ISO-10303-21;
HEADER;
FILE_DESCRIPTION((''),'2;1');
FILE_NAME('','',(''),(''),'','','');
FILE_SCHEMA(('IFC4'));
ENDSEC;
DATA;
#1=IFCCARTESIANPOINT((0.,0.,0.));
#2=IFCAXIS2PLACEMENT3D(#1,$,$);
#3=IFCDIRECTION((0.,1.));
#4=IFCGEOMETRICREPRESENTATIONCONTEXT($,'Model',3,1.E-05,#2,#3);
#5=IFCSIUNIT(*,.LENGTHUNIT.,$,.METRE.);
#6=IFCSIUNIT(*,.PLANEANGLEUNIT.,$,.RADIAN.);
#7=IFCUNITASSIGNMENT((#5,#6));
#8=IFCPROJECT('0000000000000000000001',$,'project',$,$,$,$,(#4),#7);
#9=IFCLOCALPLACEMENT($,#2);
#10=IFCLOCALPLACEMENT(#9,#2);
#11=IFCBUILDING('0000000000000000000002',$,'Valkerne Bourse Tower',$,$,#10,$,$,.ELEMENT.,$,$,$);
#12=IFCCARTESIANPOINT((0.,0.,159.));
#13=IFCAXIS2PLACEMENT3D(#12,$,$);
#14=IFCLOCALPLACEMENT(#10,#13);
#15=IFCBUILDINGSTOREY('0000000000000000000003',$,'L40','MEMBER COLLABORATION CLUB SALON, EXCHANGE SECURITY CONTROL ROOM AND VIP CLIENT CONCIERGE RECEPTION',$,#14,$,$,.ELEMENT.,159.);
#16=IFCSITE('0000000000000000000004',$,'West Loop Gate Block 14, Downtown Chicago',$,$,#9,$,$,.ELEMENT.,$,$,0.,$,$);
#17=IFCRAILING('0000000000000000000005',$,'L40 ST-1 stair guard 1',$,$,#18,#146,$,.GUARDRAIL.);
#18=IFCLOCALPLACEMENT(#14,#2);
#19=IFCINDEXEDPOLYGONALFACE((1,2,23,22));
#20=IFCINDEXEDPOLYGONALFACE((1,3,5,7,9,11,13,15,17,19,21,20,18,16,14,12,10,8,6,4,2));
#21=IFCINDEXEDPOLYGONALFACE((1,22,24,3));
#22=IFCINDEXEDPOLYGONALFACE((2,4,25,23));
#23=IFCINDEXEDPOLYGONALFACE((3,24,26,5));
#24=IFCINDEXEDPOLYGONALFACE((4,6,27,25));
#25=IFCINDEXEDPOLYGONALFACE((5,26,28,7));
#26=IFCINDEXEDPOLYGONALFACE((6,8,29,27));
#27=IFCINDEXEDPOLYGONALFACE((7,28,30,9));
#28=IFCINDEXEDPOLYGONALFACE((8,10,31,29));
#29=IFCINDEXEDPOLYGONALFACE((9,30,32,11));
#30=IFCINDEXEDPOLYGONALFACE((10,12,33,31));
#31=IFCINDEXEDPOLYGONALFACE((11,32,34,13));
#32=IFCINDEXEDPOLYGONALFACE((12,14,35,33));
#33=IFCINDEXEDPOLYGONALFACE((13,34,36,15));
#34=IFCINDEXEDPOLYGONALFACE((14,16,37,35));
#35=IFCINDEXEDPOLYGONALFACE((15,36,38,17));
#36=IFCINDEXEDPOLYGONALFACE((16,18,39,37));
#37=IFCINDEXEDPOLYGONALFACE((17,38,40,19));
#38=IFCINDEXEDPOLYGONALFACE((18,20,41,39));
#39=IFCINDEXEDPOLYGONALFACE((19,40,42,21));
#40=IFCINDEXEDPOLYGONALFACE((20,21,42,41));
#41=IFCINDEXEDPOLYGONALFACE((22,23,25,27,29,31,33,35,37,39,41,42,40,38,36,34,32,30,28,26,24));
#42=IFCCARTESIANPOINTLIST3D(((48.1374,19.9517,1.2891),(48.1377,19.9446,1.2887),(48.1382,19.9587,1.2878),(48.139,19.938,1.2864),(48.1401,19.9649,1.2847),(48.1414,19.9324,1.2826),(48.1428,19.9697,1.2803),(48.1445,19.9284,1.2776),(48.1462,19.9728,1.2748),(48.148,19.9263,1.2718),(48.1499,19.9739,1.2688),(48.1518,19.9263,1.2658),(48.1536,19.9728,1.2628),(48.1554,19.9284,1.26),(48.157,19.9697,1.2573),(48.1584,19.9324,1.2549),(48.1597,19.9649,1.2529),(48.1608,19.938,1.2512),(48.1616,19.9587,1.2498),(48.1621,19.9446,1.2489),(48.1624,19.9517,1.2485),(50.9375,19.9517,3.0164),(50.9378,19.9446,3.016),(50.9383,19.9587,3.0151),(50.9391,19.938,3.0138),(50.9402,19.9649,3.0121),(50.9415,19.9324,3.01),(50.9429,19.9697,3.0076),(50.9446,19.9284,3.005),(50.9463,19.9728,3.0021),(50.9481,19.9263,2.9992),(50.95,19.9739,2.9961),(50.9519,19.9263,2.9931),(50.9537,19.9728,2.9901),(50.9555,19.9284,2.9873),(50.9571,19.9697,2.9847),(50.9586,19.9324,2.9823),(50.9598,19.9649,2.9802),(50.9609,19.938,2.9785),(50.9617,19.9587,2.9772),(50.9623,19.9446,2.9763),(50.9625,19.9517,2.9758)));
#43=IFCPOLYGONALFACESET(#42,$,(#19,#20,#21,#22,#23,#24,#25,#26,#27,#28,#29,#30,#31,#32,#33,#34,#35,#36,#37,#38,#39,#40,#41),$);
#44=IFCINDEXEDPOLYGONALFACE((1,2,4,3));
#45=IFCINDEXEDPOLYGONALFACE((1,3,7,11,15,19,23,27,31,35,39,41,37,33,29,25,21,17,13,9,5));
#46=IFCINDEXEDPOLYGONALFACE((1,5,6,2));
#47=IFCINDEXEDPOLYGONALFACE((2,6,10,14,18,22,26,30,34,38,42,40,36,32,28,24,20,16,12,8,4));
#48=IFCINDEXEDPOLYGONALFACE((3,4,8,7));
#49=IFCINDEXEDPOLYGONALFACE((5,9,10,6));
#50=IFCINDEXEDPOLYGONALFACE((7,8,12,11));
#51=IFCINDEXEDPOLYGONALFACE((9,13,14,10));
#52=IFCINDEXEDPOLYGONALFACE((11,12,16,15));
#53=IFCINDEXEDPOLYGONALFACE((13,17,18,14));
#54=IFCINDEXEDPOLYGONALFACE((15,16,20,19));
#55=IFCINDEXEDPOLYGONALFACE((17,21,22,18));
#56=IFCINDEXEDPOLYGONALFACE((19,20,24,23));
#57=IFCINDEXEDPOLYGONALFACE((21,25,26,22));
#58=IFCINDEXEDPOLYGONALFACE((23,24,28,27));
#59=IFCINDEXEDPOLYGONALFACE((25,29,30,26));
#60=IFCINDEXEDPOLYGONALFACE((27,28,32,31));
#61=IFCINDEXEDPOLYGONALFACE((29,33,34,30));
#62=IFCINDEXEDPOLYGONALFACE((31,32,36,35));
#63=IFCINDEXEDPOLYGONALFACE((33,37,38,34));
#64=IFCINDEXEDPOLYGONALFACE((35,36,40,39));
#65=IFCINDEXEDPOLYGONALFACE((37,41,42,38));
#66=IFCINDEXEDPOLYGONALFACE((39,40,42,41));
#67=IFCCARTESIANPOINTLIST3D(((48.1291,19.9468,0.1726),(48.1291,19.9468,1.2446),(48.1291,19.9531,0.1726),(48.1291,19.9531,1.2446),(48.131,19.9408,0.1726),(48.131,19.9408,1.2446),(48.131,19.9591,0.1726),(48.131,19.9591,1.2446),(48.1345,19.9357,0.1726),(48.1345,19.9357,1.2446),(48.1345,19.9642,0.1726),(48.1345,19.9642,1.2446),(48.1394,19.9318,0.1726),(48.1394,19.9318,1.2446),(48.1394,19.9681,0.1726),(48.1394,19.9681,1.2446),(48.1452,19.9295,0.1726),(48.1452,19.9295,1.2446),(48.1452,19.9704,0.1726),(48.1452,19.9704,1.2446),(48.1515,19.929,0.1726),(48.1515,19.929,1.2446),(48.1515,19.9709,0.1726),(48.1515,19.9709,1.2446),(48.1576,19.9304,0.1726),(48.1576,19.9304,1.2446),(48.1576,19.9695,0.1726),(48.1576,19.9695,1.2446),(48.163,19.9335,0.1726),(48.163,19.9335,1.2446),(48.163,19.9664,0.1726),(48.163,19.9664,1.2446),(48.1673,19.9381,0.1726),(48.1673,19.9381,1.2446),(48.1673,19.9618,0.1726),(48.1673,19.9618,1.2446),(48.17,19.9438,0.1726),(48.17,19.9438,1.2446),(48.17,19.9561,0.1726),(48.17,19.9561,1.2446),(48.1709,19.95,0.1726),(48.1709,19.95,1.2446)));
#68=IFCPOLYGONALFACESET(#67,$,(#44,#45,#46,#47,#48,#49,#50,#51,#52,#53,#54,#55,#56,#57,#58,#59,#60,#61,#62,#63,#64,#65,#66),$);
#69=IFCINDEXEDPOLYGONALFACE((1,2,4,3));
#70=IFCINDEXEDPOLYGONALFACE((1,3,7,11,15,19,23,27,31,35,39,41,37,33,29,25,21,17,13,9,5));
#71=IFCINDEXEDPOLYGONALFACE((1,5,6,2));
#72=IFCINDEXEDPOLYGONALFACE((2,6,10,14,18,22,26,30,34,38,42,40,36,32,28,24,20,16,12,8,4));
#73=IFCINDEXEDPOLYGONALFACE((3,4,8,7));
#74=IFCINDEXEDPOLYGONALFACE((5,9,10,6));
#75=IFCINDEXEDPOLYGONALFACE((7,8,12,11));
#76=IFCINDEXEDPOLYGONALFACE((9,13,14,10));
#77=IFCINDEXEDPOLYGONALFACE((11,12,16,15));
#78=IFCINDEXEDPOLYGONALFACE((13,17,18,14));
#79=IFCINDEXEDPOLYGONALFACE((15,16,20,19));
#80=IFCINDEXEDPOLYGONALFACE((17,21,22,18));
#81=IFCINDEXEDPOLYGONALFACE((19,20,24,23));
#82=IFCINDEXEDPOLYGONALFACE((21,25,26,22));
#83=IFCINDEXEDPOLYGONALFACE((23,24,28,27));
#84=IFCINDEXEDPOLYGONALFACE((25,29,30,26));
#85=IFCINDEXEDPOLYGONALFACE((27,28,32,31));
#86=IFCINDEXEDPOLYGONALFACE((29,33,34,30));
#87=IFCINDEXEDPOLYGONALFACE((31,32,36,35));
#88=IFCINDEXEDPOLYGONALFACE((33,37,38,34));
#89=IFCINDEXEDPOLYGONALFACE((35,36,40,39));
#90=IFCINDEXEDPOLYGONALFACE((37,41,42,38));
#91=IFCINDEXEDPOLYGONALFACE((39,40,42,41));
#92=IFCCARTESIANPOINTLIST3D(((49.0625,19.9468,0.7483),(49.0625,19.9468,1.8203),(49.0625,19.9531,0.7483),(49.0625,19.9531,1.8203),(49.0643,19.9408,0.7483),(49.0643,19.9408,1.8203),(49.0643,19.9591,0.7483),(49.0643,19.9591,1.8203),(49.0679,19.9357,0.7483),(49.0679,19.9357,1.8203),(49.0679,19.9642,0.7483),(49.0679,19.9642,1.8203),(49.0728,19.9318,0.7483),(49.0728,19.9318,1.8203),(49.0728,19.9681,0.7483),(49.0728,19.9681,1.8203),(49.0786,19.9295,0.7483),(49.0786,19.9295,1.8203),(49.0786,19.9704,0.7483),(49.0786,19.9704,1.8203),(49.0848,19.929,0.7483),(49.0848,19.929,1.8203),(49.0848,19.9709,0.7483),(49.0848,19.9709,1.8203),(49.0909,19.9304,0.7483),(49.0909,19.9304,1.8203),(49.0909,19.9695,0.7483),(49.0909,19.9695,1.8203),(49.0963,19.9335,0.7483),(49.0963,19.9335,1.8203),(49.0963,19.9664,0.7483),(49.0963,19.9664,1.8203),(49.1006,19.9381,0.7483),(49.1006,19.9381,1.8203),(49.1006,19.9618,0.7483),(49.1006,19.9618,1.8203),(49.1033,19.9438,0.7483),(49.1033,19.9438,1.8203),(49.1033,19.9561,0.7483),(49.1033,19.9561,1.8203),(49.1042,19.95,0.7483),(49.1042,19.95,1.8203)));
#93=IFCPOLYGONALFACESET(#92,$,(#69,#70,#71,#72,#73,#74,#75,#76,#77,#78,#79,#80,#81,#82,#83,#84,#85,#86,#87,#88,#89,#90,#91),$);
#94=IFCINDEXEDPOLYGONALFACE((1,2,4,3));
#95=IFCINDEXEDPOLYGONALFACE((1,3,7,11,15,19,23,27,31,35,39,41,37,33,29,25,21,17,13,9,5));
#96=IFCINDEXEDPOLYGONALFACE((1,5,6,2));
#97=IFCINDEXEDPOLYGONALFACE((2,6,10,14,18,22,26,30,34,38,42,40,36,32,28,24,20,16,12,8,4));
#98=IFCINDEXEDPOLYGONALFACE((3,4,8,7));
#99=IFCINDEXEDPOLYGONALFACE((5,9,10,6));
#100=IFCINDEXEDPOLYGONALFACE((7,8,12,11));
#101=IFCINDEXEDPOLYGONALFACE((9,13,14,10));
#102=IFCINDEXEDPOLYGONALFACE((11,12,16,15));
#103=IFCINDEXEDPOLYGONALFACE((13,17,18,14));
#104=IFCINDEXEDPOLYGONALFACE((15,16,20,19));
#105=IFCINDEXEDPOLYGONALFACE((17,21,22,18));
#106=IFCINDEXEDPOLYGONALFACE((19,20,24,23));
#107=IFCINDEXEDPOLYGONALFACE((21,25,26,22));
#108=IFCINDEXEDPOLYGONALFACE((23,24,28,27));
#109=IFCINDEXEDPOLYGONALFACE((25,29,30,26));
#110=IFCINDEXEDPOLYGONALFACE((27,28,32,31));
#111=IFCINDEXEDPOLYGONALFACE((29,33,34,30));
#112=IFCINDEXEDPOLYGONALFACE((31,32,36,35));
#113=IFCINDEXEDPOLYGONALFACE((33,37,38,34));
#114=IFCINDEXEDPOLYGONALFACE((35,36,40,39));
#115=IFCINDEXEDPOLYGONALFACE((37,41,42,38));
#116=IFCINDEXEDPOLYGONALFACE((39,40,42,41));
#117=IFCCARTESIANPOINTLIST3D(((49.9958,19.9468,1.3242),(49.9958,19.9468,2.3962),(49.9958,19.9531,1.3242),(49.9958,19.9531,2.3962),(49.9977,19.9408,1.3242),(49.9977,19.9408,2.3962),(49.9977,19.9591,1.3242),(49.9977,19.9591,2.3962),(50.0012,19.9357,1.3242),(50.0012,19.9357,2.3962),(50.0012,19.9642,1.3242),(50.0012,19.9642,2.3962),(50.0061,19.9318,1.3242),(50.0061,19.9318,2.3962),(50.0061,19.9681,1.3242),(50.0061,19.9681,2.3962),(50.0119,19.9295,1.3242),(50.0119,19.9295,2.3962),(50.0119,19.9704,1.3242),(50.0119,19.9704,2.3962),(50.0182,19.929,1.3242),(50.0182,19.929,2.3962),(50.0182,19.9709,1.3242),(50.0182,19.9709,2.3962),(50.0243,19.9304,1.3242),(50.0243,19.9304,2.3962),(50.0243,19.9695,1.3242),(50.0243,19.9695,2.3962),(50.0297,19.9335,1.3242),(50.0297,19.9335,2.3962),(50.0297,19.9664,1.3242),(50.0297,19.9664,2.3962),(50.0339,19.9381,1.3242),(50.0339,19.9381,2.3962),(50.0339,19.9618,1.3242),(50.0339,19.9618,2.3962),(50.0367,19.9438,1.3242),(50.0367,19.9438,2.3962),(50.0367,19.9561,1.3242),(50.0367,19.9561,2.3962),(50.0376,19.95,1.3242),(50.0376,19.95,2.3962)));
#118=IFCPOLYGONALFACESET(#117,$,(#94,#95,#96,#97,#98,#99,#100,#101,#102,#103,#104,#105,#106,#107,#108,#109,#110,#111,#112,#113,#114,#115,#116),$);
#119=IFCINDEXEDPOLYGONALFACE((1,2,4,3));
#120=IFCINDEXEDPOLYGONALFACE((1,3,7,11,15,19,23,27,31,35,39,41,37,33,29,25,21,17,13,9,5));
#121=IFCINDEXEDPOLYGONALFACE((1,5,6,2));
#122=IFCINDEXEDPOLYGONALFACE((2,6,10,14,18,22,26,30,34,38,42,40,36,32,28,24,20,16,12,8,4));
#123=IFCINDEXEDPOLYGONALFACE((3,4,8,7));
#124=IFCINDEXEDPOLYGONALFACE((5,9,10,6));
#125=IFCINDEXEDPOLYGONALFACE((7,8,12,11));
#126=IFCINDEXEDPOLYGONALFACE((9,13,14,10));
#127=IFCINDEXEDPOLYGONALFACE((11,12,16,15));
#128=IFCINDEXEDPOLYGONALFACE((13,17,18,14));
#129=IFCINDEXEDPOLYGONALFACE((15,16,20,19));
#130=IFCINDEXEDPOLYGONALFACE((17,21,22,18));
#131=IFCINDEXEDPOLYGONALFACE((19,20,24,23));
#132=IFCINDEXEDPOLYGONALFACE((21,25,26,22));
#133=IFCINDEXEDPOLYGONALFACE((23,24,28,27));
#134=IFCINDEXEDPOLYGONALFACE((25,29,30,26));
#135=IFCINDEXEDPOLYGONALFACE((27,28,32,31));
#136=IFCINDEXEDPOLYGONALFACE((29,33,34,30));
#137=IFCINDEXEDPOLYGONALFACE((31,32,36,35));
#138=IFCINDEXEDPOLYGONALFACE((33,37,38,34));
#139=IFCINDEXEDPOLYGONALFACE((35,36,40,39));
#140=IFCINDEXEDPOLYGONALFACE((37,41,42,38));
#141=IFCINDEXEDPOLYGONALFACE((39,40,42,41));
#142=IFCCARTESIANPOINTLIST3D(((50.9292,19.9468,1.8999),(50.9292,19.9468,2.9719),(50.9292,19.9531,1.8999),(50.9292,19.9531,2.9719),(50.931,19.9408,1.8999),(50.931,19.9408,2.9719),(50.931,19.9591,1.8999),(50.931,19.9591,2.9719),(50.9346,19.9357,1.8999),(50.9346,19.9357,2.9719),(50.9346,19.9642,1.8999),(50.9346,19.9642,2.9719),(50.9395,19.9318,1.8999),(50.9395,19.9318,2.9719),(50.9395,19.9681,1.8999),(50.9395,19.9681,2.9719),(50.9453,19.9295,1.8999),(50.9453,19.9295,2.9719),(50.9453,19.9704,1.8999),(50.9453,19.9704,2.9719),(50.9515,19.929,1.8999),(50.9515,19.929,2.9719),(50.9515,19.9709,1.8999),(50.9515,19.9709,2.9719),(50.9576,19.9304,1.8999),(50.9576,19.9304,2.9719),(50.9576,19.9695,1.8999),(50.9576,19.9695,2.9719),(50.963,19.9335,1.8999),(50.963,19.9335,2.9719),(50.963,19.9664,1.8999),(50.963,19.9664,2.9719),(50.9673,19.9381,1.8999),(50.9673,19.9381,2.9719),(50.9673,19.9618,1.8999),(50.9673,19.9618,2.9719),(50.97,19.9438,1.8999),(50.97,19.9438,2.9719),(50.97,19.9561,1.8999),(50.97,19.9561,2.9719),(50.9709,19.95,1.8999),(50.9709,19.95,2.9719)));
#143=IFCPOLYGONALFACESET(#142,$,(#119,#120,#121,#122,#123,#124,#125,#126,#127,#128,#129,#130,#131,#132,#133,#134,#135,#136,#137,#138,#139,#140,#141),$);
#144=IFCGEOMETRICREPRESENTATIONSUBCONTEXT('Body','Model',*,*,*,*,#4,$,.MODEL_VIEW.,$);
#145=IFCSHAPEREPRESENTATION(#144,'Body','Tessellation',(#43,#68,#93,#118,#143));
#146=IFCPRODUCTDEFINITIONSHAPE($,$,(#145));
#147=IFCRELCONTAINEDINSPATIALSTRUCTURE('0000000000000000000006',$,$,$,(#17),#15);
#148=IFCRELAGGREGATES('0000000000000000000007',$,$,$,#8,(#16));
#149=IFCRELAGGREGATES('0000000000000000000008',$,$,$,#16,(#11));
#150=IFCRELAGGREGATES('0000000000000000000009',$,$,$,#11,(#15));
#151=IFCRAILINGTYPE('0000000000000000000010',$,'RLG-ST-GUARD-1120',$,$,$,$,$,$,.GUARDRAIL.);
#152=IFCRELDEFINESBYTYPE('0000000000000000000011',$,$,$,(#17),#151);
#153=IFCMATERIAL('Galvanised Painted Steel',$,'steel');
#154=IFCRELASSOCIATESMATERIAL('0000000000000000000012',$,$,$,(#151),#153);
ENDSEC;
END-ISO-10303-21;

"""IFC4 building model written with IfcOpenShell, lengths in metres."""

from ifc_helpers import new_model, si_unit, direction, frame, origin, origin_2d, place, context, subcontext, project, spatial, circle, extrude, material, type_object, element, save


model = new_model("IFC4")

# Units and contexts
model_context = context("Model", 3, precision=1e-05, world=origin(), true_north=direction((0.0, 1.0)))
body_context = subcontext(model_context, "Body", "Model", "MODEL_VIEW")
ifc_project = project(units=[si_unit("LENGTHUNIT", "METRE"), si_unit("PLANEANGLEUNIT", "RADIAN")], contexts=[model_context])

# Site, building, storey
site_placement = place(None, origin())
site = spatial("IfcSite", under=ifc_project, at=site_placement, Name="West Loop Gate Block 14, Downtown Chicago", CompositionType="ELEMENT", RefElevation=0.0)
building_placement = place(site_placement, origin())
building = spatial("IfcBuilding", under=site, at=building_placement, Name="Valkerne Bourse Tower", CompositionType="ELEMENT")
storey_placement = place(building_placement, frame((0.0, 0.0, 159.0)))
storey = spatial("IfcBuildingStorey", under=building, at=storey_placement, Name="L40", Description="MEMBER COLLABORATION CLUB SALON, EXCHANGE SECURITY CONTROL ROOM AND VIP CLIENT CONCIERGE RECEPTION", CompositionType="ELEMENT", Elevation=159.0)

# Shared definitions
ifc_material_1 = material(Name="Galvanised Painted Steel", Category="steel")

# Railing
railing_type_1 = type_object("IfcRailingType", Name="RLG-ST-GUARD-1120", PredefinedType="GUARDRAIL", material=ifc_material_1)
railing_1_placement = place(storey_placement, frame((48.1499, 19.95, 0.1726)))
element("IfcRailing", 1, at=railing_1_placement, inside=storey, type_object=railing_type_1, Name="L40 ST-1 stair guard 1", PredefinedType="GUARDRAIL", context=body_context, shape_type="SweptSolid", body=[
    extrude(circle(Radius=0.0239, at=origin_2d()), frame((0.0, 0.0, 1.0962), z_axis=(0.85109, 0.0, 0.52502), x_axis=(0.0, 1.0, 0.0)), (0.0, 0.0, 1.0), 3.29),
    extrude(circle(Radius=0.021, at=origin_2d()), origin(), (0.0, 0.0, 1.0), 1.072),
    extrude(circle(Radius=0.021, at=origin_2d()), frame((0.9333, 0.0, 0.5757)), (0.0, 0.0, 1.0), 1.072),
    extrude(circle(Radius=0.021, at=origin_2d()), frame((1.8667, 0.0, 1.1516)), (0.0, 0.0, 1.0), 1.072),
    extrude(circle(Radius=0.021, at=origin_2d()), frame((2.8, 0.0, 1.7273)), (0.0, 0.0, 1.0), 1.072),
])

save(model, "model.ifc")
